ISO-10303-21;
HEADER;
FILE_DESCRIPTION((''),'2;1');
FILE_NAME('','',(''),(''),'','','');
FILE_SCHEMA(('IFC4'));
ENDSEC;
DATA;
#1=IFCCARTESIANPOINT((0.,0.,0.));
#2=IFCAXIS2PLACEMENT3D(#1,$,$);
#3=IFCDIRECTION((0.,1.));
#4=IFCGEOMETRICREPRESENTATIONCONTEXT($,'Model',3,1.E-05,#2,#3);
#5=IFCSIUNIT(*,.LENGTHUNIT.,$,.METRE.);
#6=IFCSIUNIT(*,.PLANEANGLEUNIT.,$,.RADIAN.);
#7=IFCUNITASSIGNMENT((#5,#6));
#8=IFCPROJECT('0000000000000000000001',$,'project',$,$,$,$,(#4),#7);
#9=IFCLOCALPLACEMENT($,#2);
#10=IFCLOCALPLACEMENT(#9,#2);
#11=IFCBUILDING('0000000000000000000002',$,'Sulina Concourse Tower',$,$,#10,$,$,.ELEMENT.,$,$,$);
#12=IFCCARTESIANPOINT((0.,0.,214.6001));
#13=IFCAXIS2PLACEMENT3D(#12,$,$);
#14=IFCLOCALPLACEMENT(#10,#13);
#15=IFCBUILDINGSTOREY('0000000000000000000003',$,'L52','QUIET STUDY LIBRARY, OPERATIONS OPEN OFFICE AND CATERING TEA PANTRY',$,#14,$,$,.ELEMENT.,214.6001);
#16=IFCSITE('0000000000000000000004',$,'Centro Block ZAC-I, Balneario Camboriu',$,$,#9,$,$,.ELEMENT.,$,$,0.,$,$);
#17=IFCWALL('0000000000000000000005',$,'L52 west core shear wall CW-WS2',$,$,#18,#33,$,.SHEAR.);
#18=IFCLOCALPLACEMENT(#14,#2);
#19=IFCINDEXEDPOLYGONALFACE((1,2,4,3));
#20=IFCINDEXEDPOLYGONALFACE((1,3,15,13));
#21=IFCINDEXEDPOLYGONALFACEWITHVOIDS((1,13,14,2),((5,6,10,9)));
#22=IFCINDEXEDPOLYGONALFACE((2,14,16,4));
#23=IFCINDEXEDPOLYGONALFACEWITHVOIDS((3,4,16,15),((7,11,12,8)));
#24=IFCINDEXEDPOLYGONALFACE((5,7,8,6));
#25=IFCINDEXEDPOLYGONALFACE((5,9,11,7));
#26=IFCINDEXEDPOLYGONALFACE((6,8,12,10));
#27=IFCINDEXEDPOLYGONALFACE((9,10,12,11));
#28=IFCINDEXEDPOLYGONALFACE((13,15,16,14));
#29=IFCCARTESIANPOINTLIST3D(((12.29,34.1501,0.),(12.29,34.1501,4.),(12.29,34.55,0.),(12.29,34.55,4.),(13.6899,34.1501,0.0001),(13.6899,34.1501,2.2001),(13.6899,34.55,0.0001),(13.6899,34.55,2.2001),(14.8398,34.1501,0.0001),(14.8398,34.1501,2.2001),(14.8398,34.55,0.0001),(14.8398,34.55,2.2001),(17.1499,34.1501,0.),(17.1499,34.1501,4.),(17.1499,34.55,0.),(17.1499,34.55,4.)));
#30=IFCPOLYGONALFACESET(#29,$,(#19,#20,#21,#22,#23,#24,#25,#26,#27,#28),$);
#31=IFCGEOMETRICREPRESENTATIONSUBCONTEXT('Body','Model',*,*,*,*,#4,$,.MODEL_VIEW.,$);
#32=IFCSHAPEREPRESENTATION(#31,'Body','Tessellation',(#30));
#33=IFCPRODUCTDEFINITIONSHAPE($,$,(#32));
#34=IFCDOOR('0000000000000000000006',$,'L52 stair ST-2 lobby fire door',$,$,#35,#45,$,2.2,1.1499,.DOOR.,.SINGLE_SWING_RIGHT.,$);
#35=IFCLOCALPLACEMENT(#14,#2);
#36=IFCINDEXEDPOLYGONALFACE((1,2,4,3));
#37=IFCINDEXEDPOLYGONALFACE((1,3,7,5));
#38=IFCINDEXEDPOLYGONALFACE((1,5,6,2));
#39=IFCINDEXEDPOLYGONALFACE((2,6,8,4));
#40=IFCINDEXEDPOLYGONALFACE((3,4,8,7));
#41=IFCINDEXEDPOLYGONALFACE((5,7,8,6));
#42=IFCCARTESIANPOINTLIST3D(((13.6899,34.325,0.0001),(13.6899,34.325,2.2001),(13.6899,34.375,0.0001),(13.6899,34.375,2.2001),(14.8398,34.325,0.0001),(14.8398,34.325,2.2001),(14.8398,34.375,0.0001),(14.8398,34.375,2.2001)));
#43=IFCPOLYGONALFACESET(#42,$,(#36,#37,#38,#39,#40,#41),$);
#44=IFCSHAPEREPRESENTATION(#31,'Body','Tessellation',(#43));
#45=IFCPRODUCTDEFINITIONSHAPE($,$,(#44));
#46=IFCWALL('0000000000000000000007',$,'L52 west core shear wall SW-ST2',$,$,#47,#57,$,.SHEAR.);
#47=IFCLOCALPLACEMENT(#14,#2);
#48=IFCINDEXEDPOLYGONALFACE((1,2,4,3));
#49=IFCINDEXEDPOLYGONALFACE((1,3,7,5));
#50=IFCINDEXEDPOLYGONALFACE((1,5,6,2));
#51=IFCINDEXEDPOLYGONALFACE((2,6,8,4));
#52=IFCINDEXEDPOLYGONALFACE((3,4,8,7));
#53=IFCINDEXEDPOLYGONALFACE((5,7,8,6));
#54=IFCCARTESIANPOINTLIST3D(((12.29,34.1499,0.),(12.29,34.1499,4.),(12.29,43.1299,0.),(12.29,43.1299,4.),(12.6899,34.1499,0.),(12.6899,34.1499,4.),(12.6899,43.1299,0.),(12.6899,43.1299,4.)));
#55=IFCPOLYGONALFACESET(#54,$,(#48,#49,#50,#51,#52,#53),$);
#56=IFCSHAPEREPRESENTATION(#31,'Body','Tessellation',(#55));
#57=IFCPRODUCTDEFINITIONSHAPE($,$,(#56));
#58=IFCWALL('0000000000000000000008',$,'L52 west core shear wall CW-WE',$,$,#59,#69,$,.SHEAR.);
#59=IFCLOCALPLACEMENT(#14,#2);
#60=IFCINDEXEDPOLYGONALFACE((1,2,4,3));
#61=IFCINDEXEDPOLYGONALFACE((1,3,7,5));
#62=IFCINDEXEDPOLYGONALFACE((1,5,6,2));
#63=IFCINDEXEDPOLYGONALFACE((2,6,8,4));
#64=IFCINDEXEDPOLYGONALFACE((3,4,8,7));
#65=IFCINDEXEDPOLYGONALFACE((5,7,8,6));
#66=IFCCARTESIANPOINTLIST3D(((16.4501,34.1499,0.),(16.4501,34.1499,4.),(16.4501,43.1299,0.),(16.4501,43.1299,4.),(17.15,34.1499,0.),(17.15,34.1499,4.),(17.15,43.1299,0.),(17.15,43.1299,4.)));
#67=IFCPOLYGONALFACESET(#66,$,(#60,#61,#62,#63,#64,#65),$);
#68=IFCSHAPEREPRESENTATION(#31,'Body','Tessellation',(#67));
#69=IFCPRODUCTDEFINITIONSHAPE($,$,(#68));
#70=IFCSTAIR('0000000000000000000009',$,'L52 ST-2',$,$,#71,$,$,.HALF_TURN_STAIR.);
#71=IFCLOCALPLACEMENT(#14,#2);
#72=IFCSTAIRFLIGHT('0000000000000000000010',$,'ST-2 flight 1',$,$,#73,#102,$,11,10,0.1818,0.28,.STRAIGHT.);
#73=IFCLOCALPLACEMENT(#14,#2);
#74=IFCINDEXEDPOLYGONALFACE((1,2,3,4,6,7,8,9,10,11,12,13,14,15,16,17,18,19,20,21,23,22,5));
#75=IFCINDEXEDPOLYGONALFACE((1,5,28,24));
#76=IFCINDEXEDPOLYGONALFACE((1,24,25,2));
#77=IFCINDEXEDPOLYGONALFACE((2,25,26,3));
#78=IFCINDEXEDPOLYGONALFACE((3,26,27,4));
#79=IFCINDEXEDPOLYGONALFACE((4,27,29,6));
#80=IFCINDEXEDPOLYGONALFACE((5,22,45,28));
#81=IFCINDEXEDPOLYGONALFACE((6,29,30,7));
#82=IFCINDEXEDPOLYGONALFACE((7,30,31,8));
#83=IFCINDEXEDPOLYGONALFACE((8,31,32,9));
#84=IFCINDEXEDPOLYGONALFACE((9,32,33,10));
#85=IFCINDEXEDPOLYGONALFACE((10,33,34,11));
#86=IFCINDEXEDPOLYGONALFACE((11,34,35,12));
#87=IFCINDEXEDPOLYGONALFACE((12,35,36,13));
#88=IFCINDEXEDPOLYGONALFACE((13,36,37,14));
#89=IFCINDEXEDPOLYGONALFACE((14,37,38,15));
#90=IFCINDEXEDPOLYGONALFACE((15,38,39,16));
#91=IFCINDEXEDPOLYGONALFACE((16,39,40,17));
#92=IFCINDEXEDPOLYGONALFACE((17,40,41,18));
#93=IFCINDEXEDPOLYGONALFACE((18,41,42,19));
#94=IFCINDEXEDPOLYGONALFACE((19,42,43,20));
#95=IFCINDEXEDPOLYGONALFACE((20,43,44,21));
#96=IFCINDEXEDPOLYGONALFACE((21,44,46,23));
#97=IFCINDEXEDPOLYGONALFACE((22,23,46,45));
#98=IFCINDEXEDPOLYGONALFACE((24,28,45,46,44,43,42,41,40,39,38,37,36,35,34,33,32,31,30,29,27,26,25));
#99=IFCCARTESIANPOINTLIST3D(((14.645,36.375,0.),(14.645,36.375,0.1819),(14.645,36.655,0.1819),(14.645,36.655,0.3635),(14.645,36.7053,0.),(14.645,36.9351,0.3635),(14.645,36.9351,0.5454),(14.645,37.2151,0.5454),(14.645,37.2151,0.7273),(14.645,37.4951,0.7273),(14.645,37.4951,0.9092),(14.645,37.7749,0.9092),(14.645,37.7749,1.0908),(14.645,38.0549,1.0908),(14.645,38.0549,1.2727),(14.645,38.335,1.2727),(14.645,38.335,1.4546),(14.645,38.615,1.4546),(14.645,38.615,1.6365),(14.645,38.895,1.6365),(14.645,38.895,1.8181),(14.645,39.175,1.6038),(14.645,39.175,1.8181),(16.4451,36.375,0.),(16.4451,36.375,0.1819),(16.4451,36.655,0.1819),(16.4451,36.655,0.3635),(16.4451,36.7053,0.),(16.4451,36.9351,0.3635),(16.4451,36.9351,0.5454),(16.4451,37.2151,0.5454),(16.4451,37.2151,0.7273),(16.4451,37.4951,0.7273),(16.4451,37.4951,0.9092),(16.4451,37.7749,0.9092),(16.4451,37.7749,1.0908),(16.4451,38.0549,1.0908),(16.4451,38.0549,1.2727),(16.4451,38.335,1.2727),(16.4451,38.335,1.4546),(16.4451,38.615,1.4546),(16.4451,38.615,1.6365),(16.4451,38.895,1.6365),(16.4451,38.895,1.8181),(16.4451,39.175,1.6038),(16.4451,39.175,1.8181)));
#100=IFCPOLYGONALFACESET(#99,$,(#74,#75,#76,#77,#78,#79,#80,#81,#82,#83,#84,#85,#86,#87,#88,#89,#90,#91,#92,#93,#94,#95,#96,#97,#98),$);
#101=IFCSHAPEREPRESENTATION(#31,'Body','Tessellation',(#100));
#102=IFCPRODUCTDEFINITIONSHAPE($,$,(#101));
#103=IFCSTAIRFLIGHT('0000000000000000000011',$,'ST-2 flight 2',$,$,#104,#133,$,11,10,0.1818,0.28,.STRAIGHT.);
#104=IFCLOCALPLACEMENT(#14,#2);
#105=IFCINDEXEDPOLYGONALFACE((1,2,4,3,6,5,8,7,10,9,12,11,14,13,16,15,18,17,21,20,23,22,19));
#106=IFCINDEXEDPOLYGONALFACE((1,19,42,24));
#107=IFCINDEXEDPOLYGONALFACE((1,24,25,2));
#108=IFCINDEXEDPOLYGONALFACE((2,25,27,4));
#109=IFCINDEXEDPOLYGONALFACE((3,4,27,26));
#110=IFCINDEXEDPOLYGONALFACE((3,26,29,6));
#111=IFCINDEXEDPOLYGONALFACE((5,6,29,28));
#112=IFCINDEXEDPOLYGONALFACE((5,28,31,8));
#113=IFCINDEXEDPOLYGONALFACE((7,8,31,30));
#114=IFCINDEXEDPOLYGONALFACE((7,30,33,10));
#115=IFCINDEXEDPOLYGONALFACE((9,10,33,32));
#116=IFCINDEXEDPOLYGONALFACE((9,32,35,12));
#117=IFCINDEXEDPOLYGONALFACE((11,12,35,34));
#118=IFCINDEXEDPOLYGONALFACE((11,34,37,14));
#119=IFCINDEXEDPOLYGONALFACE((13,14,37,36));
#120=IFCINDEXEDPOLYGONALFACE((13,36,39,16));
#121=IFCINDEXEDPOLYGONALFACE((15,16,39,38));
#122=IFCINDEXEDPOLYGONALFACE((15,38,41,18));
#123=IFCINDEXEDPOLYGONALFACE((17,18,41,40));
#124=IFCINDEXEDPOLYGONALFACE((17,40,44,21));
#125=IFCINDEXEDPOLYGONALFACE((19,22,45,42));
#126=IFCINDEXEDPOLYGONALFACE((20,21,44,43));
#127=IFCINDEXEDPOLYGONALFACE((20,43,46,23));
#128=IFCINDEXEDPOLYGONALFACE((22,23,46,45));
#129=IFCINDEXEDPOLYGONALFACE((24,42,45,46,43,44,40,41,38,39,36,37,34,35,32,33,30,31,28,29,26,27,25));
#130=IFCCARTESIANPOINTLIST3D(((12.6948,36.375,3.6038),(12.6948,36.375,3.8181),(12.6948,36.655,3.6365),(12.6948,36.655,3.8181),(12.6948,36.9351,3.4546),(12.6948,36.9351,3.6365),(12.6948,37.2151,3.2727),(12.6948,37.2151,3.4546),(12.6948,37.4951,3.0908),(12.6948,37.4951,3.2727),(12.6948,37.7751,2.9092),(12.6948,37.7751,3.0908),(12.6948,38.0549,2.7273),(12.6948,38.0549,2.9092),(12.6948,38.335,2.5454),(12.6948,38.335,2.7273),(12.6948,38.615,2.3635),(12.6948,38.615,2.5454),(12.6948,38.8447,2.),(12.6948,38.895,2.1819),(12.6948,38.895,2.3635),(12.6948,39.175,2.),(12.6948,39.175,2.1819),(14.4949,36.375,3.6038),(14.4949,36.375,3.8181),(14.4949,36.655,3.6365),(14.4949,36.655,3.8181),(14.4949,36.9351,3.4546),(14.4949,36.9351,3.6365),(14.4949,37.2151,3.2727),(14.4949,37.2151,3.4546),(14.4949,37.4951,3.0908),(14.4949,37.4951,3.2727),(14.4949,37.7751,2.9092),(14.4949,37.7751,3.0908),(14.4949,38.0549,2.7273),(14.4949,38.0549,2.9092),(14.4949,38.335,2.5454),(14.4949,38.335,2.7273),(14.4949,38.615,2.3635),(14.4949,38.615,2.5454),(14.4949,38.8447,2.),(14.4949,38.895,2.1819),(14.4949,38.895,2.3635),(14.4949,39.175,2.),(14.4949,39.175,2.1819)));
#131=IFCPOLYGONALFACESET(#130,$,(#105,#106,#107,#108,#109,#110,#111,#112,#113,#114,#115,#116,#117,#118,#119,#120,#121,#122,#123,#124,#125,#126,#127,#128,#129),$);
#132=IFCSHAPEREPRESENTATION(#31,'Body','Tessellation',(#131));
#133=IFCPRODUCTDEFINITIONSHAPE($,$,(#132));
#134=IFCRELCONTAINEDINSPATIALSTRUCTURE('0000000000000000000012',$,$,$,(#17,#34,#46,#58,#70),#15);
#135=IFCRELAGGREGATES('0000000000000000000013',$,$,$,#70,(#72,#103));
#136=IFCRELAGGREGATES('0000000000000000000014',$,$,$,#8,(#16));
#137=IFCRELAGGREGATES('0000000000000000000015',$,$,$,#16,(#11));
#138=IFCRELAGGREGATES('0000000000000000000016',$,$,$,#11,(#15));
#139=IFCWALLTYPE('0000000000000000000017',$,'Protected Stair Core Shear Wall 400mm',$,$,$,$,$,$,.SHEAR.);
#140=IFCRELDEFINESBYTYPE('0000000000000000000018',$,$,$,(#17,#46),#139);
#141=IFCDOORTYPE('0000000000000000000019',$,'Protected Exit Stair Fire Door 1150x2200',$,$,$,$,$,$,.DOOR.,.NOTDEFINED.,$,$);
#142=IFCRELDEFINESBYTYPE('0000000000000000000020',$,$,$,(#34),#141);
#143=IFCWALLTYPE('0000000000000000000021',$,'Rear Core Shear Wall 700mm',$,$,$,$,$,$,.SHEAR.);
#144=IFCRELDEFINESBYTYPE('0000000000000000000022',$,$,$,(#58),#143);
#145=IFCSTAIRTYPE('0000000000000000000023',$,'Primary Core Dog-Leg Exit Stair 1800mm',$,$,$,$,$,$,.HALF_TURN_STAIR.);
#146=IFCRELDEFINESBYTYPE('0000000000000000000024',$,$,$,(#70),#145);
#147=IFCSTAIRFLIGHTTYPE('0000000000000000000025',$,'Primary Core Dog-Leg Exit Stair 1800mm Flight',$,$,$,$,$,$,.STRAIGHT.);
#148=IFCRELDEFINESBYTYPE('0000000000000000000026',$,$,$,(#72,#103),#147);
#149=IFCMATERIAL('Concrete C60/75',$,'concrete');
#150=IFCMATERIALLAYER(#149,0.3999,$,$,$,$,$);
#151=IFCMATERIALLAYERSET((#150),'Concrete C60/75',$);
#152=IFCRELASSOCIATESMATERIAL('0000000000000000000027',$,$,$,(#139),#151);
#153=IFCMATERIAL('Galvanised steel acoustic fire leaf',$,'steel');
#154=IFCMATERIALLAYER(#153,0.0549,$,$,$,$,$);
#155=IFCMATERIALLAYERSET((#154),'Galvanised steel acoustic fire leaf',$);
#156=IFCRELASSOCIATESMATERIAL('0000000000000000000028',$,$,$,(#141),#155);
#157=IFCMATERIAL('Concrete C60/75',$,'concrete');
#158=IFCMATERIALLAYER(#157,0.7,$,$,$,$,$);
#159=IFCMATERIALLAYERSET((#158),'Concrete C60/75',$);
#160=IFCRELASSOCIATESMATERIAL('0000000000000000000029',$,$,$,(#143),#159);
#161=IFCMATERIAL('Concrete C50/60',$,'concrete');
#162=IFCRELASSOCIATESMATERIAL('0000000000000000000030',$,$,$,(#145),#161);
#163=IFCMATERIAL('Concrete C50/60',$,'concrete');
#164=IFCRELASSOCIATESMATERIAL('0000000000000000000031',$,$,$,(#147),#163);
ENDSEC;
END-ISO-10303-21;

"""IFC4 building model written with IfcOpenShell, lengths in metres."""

from ifc_helpers import new_model, si_unit, direction, frame, frame_2d, origin, place, context, subcontext, project, spatial, polyline, rectangle, outline, extrude, material, layer, layer_set, type_object, element, fill, aggregate, save


model = new_model("IFC4")

# Units and contexts
model_context = context("Model", 3, precision=1e-05, world=origin(), true_north=direction((0.0, 1.0)))
body_context = subcontext(model_context, "Body", "Model", "MODEL_VIEW")
ifc_project = project(units=[si_unit("LENGTHUNIT", "METRE"), si_unit("PLANEANGLEUNIT", "RADIAN")], contexts=[model_context])

# Site, building, storey
site_placement = place(None, origin())
site = spatial("IfcSite", under=ifc_project, at=site_placement, Name="Centro Block ZAC-I, Balneario Camboriu", CompositionType="ELEMENT", RefElevation=0.0)
building_placement = place(site_placement, origin())
building = spatial("IfcBuilding", under=site, at=building_placement, Name="Sulina Concourse Tower", CompositionType="ELEMENT")
storey_placement = place(building_placement, frame((0.0, 0.0, 214.6001)))
storey = spatial("IfcBuildingStorey", under=building, at=storey_placement, Name="L52", Description="QUIET STUDY LIBRARY, OPERATIONS OPEN OFFICE AND CATERING TEA PANTRY", CompositionType="ELEMENT", Elevation=214.6001)

# Wall, opening, door
ifc_material_1 = material(Name="Concrete C60/75", Category="concrete")
ifc_layer_1 = layer(ifc_material_1, 0.3999)
ifc_layer_set_1 = layer_set([ifc_layer_1], Name="Concrete C60/75")
wall_type_1 = type_object("IfcWallType", Name="Protected Stair Core Shear Wall 400mm", PredefinedType="SHEAR", material=ifc_layer_set_1)
wall_1_placement = place(storey_placement, frame((12.29, 34.3501, 0.0), z_axis=(0.0, 0.0, 1.0), x_axis=(1.0, 0.0, 0.0)))
wall_1 = element("IfcWall", 1, at=wall_1_placement, inside=storey, type_object=wall_type_1, Name="L52 west core shear wall CW-WS2", PredefinedType="SHEAR", context=body_context, shape_type="SweptSolid", body=[
    extrude(rectangle(XDim=4.8599, YDim=0.3999, at=frame_2d((2.4299, 0.0))), origin(), (0.0, 0.0, 1.0), 4.0),
])
opening_1_placement = place(wall_1_placement, frame((1.3999, 0.0, 0.0)))
opening_1 = element("IfcOpeningElement", 2, at=opening_1_placement, cuts=wall_1, PredefinedType="OPENING", context=body_context, shape_type="SweptSolid", body=[
    extrude(rectangle(XDim=1.1499, YDim=2.2, at=frame_2d((0.575, 1.1001))), frame((0.0, 0.21, 0.0), z_axis=(0.0, -1.0, 0.0), x_axis=(1.0, 0.0, 0.0)), (0.0, 0.0, 1.0), 0.4199),
])
ifc_material_2 = material(Name="Galvanised steel acoustic fire leaf", Category="steel")
ifc_layer_2 = layer(ifc_material_2, 0.0549)
ifc_layer_set_2 = layer_set([ifc_layer_2], Name="Galvanised steel acoustic fire leaf")
door_type_1 = type_object("IfcDoorType", Name="Protected Exit Stair Fire Door 1150x2200", OperationType="NOTDEFINED", PredefinedType="DOOR", material=ifc_layer_set_2)
door_1_placement = place(opening_1_placement, origin())
door_1 = element("IfcDoor", 3, at=door_1_placement, inside=storey, type_object=door_type_1, Name="L52 stair ST-2 lobby fire door", OperationType="SINGLE_SWING_RIGHT", OverallHeight=2.2, OverallWidth=1.1499, PredefinedType="DOOR", context=body_context, shape_type="SweptSolid", body=[
    extrude(rectangle(XDim=1.1499, YDim=2.2, at=frame_2d((0.575, 1.1001))), frame((0.0, 0.0249, 0.0), z_axis=(0.0, -1.0, 0.0), x_axis=(1.0, 0.0, 0.0)), (0.0, 0.0, 1.0), 0.05),
])
fill(opening_1, door_1)

# Walls
wall_2_placement = place(storey_placement, frame((12.49, 34.1499, 0.0), z_axis=(0.0, 0.0, 1.0), x_axis=(0.0, 1.0, 0.0)))
element("IfcWall", 4, at=wall_2_placement, inside=storey, type_object=wall_type_1, Name="L52 west core shear wall SW-ST2", PredefinedType="SHEAR", context=body_context, shape_type="SweptSolid", body=[
    extrude(rectangle(XDim=8.98, YDim=0.3999, at=frame_2d((4.49, 0.0))), origin(), (0.0, 0.0, 1.0), 4.0),
])
ifc_material_3 = material(Name="Concrete C60/75", Category="concrete")
ifc_layer_3 = layer(ifc_material_3, 0.7)
ifc_layer_set_3 = layer_set([ifc_layer_3], Name="Concrete C60/75")
wall_type_2 = type_object("IfcWallType", Name="Rear Core Shear Wall 700mm", PredefinedType="SHEAR", material=ifc_layer_set_3)
wall_3_placement = place(storey_placement, frame((16.8, 34.1499, 0.0), z_axis=(0.0, 0.0, 1.0), x_axis=(0.0, 1.0, 0.0)))
element("IfcWall", 5, at=wall_3_placement, inside=storey, type_object=wall_type_2, Name="L52 west core shear wall CW-WE", PredefinedType="SHEAR", context=body_context, shape_type="SweptSolid", body=[
    extrude(rectangle(XDim=8.98, YDim=0.7, at=frame_2d((4.49, 0.0))), origin(), (0.0, 0.0, 1.0), 4.0),
])

# Stair, stair flights
ifc_material_4 = material(Name="Concrete C50/60", Category="concrete")
stair_type = type_object("IfcStairType", Name="Primary Core Dog-Leg Exit Stair 1800mm", PredefinedType="HALF_TURN_STAIR", material=ifc_material_4)
stair_placement = place(storey_placement, origin())
stair = element("IfcStair", 6, at=stair_placement, inside=storey, type_object=stair_type, Name="L52 ST-2", PredefinedType="HALF_TURN_STAIR")
ifc_material_5 = material(Name="Concrete C50/60", Category="concrete")
stair_flight_type = type_object("IfcStairFlightType", Name="Primary Core Dog-Leg Exit Stair 1800mm Flight", PredefinedType="STRAIGHT", material=ifc_material_5)
stair_flight_1_placement = place(storey_placement, frame((15.5449, 36.375, 0.0), z_axis=(0.0, 0.0, 1.0), x_axis=(0.0, 1.0, 0.0)))
stair_flight_1 = element("IfcStairFlight", 7, at=stair_flight_1_placement, type_object=stair_flight_type, Name="ST-2 flight 1", NumberOfRisers=11, NumberOfTreads=10, PredefinedType="STRAIGHT", RiserHeight=0.1818, TreadLength=0.28, context=body_context, shape_type="SweptSolid", body=[
    extrude(outline(polyline([(0.0, 0.0), (0.0, 0.1819), (0.28, 0.1819), (0.28, 0.3635), (0.5601, 0.3635), (0.5601, 0.5454), (0.8401, 0.5454), (0.8401, 0.7273), (1.1201, 0.7273), (1.1201, 0.9092), (1.3999, 0.9092), (1.3999, 1.0908), (1.6799, 1.0908), (1.6799, 1.2727), (1.96, 1.2727), (1.96, 1.4546), (2.24, 1.4546), (2.24, 1.6365), (2.52, 1.6365), (2.52, 1.8181), (2.8, 1.8181), (2.8, 2.0), (2.8, 1.6038), (0.3303, 0.0), (0.0, 0.0)])), frame((0.0, 0.8999, 0.0), z_axis=(0.0, -1.0, 0.0), x_axis=(1.0, 0.0, 0.0)), (0.0, 0.0, 1.0), 1.8),
])
stair_flight_2_placement = place(storey_placement, frame((13.595, 39.175, 2.0), z_axis=(0.0, 0.0, 1.0), x_axis=(0.0, -1.0, 0.0)))
stair_flight_2 = element("IfcStairFlight", 8, at=stair_flight_2_placement, type_object=stair_flight_type, Name="ST-2 flight 2", NumberOfRisers=11, NumberOfTreads=10, PredefinedType="STRAIGHT", RiserHeight=0.1818, TreadLength=0.28, context=body_context, shape_type="SweptSolid", body=[
    extrude(outline(polyline([(0.0, 0.0), (0.0, 0.1819), (0.28, 0.1819), (0.28, 0.3635), (0.5601, 0.3635), (0.5601, 0.5454), (0.8401, 0.5454), (0.8401, 0.7273), (1.1201, 0.7273), (1.1201, 0.9092), (1.3999, 0.9092), (1.3999, 1.0908), (1.6799, 1.0908), (1.6799, 1.2727), (1.96, 1.2727), (1.96, 1.4546), (2.24, 1.4546), (2.24, 1.6365), (2.52, 1.6365), (2.52, 1.8181), (2.8, 1.8181), (2.8, 2.0), (2.8, 1.6038), (0.3303, 0.0), (0.0, 0.0)])), frame((0.0, 0.8999, 0.0), z_axis=(0.0, -1.0, 0.0), x_axis=(1.0, 0.0, 0.0)), (0.0, 0.0, 1.0), 1.8),
])
aggregate(stair, [stair_flight_1, stair_flight_2])

save(model, "model.ifc")
